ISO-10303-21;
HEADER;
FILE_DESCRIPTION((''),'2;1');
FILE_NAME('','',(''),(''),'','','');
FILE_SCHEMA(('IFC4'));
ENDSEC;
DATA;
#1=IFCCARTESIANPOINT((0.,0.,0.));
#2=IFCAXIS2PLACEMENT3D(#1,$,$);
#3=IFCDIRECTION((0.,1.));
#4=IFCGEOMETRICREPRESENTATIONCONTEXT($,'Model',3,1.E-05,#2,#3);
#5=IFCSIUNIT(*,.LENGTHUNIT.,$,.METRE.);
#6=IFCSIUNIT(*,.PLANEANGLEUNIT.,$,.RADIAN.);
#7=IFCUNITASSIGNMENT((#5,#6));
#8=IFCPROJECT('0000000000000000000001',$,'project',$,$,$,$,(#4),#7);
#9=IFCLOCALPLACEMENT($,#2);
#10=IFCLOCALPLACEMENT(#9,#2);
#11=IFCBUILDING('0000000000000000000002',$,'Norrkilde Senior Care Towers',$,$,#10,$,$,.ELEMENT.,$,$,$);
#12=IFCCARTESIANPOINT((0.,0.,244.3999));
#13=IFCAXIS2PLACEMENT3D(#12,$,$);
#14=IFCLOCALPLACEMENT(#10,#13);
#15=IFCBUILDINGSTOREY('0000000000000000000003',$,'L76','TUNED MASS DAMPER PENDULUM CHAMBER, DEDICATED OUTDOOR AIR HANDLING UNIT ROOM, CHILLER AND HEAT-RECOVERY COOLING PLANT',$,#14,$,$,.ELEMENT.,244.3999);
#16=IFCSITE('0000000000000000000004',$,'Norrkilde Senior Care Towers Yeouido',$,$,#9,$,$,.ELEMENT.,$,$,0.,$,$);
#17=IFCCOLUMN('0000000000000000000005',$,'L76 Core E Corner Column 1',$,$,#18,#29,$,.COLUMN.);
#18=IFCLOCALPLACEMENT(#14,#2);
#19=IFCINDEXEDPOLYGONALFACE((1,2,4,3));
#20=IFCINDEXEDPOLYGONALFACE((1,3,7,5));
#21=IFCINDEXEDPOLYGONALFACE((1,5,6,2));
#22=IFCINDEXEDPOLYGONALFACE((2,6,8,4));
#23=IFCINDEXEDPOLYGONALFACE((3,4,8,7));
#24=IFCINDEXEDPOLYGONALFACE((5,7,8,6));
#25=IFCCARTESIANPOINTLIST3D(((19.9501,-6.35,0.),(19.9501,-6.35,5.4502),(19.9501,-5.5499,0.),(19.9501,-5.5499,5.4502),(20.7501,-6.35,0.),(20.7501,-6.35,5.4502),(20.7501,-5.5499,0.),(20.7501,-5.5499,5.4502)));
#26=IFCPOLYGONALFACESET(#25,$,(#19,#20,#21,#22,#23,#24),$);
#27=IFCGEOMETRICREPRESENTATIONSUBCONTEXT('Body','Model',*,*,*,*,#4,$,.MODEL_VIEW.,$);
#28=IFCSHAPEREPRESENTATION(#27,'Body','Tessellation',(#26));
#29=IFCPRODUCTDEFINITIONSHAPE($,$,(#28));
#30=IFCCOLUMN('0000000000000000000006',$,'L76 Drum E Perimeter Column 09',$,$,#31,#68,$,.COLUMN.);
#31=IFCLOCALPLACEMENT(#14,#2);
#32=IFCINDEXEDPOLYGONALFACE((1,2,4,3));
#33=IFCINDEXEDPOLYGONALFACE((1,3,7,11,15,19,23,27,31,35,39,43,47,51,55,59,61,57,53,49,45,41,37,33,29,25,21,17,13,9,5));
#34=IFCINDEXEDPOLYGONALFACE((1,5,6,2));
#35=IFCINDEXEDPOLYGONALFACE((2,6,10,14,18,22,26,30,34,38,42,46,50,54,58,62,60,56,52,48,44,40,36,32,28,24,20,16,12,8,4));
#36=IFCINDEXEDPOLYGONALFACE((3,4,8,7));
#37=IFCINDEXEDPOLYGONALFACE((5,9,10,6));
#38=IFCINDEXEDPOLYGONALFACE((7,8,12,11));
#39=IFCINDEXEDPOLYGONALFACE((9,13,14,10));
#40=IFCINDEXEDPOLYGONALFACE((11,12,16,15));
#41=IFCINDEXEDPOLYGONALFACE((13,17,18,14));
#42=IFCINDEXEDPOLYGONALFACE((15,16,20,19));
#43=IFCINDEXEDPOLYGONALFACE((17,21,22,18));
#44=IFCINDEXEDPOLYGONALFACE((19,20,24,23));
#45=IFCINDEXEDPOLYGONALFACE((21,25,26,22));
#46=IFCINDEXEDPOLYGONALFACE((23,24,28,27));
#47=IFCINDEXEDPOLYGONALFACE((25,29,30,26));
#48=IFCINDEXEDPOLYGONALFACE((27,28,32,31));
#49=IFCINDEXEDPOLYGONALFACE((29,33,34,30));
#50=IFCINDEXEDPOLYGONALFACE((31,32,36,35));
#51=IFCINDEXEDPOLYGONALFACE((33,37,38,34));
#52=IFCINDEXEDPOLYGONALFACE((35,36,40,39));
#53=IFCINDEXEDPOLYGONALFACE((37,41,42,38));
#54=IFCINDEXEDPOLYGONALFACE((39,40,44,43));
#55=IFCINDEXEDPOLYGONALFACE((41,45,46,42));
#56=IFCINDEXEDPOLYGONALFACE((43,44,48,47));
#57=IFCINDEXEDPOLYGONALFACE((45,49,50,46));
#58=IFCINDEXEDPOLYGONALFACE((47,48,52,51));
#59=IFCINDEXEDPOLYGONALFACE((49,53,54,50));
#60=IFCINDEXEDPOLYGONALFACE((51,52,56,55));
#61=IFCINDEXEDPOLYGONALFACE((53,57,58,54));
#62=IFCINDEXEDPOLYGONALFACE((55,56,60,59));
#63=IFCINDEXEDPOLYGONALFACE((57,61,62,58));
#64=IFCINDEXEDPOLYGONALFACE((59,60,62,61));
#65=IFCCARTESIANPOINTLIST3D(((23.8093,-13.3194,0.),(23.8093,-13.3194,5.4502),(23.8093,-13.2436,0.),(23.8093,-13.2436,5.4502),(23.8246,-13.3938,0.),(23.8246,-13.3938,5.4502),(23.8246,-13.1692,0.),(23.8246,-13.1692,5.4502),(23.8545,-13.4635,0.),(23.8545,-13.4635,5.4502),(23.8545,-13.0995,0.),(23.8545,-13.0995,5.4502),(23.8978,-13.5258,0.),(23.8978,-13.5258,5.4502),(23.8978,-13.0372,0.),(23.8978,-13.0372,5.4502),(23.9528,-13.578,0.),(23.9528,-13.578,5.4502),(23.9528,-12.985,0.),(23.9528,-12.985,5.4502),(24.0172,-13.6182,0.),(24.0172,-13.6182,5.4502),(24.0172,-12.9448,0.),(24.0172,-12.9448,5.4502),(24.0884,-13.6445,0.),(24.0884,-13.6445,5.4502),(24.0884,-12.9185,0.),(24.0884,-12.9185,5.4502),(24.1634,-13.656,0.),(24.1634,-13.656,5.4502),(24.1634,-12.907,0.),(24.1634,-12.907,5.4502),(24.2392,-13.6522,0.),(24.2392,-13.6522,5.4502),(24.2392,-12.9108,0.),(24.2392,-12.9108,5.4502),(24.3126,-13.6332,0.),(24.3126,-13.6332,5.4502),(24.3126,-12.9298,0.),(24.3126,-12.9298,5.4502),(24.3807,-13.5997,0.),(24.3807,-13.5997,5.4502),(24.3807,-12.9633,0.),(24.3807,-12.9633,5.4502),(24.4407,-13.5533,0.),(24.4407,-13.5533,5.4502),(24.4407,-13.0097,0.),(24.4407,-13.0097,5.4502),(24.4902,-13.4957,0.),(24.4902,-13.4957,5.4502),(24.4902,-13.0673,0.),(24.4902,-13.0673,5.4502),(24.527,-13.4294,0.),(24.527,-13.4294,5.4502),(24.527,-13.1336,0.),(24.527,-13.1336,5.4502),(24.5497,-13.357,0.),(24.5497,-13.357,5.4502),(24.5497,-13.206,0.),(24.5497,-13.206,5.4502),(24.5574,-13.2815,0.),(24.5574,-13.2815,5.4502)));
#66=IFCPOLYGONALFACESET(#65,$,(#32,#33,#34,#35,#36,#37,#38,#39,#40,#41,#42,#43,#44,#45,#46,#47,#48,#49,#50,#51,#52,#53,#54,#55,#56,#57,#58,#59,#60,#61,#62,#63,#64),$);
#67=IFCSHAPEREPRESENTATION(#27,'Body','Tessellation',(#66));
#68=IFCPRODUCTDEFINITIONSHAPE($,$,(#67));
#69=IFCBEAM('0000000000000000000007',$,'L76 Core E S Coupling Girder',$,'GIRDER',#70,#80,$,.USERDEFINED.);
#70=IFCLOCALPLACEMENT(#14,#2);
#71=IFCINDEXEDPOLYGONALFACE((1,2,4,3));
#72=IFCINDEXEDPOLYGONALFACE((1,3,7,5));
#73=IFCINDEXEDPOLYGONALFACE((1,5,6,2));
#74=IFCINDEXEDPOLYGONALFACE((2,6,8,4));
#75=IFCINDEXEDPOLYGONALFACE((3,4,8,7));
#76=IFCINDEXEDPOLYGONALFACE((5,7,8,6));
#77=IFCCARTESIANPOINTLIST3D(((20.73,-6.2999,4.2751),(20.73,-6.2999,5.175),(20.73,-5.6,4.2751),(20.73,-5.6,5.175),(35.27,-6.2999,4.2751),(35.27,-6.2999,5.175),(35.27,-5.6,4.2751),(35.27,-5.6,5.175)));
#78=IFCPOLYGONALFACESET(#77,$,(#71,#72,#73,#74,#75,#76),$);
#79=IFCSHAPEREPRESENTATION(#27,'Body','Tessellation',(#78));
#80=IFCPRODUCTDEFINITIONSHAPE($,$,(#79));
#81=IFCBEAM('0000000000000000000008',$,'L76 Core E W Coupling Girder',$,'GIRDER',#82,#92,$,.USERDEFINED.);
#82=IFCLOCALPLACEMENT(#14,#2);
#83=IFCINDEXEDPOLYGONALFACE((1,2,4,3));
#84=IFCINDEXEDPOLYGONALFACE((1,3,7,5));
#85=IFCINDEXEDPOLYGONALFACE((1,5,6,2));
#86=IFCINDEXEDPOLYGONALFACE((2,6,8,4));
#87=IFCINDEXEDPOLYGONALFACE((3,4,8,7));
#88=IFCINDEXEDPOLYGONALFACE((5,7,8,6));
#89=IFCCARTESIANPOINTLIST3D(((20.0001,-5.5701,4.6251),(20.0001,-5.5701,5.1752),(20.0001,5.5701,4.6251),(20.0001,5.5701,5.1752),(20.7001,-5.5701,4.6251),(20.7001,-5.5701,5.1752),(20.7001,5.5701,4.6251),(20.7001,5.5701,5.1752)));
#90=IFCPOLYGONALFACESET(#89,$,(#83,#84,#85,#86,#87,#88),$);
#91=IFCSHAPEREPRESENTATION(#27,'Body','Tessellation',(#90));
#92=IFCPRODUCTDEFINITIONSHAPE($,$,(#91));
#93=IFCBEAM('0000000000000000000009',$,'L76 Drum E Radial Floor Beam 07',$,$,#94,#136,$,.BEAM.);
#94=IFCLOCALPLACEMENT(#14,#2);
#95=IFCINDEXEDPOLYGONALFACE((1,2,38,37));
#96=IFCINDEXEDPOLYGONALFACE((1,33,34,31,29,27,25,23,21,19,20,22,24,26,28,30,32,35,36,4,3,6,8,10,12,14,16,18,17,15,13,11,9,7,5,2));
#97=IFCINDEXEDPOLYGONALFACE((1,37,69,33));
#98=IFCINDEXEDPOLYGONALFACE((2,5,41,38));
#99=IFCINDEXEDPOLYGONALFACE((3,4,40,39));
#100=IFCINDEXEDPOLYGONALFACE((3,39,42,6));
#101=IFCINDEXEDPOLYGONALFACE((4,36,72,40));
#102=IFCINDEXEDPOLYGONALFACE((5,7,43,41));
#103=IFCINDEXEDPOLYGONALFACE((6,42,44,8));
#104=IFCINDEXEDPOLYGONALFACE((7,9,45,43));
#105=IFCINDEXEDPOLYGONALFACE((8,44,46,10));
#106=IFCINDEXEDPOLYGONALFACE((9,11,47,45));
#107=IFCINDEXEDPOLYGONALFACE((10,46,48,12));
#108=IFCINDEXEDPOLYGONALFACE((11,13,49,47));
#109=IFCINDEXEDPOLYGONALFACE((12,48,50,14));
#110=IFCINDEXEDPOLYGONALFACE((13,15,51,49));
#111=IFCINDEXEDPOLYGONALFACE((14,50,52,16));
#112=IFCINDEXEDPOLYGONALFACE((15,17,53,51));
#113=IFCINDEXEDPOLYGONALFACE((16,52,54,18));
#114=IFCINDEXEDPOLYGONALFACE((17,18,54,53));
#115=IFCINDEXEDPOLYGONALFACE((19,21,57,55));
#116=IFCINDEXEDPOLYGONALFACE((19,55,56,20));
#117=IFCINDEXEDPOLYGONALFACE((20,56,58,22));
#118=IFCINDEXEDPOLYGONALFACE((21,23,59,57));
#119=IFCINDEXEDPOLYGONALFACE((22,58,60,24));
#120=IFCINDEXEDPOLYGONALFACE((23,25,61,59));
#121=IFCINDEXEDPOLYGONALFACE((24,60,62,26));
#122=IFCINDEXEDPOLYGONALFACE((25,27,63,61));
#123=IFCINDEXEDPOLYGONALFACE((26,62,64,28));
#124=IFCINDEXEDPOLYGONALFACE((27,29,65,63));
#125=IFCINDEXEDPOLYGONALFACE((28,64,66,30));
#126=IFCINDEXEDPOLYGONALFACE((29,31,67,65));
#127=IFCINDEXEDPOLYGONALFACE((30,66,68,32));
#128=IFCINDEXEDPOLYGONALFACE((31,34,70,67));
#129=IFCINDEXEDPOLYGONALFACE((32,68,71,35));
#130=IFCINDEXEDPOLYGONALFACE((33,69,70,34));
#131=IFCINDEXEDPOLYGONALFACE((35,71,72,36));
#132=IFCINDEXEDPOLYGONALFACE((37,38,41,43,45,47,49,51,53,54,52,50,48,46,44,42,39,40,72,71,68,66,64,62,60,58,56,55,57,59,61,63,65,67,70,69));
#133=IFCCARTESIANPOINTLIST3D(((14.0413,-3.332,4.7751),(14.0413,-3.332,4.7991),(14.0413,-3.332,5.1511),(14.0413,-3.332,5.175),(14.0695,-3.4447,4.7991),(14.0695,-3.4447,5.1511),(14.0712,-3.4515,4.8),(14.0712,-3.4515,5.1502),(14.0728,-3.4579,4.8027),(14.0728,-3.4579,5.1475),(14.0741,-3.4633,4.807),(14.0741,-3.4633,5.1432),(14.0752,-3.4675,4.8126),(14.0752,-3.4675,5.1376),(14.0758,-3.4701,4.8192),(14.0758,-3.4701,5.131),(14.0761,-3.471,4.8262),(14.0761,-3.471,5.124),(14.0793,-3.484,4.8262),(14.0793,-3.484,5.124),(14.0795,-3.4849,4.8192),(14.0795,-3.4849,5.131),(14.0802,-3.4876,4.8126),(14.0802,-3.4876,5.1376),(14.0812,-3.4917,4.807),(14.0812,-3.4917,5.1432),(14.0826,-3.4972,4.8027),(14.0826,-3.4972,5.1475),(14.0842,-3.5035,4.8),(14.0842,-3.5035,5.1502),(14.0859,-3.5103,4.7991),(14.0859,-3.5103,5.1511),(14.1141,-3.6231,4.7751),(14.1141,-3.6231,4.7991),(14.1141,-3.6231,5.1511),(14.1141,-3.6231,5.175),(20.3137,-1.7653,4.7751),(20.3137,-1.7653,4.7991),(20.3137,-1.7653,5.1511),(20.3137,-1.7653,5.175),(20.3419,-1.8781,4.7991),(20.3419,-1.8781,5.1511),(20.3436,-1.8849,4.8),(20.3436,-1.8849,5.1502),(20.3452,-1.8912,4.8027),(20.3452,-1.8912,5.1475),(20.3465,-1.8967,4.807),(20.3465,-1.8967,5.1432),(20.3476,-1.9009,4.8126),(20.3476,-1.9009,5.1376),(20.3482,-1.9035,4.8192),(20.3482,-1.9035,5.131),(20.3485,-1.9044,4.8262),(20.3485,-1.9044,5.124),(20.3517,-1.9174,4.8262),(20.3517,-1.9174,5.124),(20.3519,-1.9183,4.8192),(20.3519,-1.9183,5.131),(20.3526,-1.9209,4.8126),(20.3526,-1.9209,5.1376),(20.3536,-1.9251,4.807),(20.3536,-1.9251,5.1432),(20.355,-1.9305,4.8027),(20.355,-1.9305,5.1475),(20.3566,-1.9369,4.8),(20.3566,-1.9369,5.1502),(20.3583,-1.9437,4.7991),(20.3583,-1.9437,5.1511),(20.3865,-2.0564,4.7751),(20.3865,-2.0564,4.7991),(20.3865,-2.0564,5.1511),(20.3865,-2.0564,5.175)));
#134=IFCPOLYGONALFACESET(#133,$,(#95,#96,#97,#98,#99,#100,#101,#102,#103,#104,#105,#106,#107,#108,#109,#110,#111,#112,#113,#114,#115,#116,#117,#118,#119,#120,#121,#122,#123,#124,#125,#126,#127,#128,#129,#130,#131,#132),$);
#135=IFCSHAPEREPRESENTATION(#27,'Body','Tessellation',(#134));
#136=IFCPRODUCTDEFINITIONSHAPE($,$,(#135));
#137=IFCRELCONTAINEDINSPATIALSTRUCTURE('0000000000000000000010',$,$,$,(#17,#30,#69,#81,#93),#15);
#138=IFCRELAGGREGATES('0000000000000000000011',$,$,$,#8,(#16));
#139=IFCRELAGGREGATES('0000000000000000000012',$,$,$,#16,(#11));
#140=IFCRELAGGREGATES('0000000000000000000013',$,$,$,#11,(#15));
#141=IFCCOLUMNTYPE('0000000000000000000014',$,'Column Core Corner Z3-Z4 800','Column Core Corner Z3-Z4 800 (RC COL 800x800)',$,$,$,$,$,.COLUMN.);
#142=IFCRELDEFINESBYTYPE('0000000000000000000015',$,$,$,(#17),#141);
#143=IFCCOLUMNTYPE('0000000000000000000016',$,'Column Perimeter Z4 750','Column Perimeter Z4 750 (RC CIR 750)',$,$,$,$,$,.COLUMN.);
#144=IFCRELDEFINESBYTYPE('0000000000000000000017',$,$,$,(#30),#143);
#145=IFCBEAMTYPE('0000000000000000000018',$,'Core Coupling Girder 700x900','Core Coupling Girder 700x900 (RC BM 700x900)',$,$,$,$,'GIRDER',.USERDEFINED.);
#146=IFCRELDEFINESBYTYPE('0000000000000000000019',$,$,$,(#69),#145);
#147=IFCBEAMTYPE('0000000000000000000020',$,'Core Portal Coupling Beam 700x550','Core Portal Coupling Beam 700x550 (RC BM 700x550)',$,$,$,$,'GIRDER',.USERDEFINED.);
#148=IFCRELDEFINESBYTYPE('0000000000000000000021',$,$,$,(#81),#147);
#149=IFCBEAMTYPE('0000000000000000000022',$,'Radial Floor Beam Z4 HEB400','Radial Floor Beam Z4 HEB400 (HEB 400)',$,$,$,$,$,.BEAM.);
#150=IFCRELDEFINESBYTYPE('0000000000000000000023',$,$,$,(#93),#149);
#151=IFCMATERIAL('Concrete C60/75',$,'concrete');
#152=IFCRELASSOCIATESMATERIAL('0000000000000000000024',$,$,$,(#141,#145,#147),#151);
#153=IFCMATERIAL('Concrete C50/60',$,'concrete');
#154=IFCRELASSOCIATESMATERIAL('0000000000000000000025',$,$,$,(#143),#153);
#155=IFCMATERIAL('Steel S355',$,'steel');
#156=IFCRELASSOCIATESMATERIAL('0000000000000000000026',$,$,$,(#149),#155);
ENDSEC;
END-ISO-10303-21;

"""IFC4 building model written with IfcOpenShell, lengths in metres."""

from ifc_helpers import new_model, si_unit, direction, frame, origin, origin_2d, place, context, subcontext, project, spatial, rectangle, circle, i_section, extrude, source, transform, mapped, material, material_profile, profile_set, type_object, type_shapes, element, save


model = new_model("IFC4")

# Units and contexts
model_context = context("Model", 3, precision=1e-05, world=origin(), true_north=direction((0.0, 1.0)))
body_context = subcontext(model_context, "Body", "Model", "MODEL_VIEW")
ifc_project = project(units=[si_unit("LENGTHUNIT", "METRE"), si_unit("PLANEANGLEUNIT", "RADIAN")], contexts=[model_context])

# Site, building, storey
site_placement = place(None, origin())
site = spatial("IfcSite", under=ifc_project, at=site_placement, Name="Norrkilde Senior Care Towers Yeouido", CompositionType="ELEMENT", RefElevation=0.0)
building_placement = place(site_placement, origin())
building = spatial("IfcBuilding", under=site, at=building_placement, Name="Norrkilde Senior Care Towers", CompositionType="ELEMENT")
storey_placement = place(building_placement, frame((0.0, 0.0, 244.3999)))
storey = spatial("IfcBuildingStorey", under=building, at=storey_placement, Name="L76", Description="TUNED MASS DAMPER PENDULUM CHAMBER, DEDICATED OUTDOOR AIR HANDLING UNIT ROOM, CHILLER AND HEAT-RECOVERY COOLING PLANT", CompositionType="ELEMENT", Elevation=244.3999)

# Columns
ifc_material_1 = material(Name="Concrete C60/75", Category="concrete")
ifc_material_profile_1 = material_profile(ifc_material_1, rectangle(XDim=0.8, YDim=0.8, at=origin_2d()), Name="RC COL 800x800")
ifc_profile_set_1 = profile_set([ifc_material_profile_1], Name="Concrete C60/75")
column_type_1 = type_object("IfcColumnType", Name="Column Core Corner Z3-Z4 800", Description="Column Core Corner Z3-Z4 800 (RC COL 800x800)", PredefinedType="COLUMN", material=ifc_profile_set_1)
shared_shape_1 = source(origin(), body_context, "Body", "SweptSolid", [
    extrude(rectangle(XDim=0.8, YDim=0.8, at=origin_2d()), origin(), (0.0, 0.0, 1.0), 5.4502),
])
type_shapes(column_type_1, [shared_shape_1])
column_1_placement = place(storey_placement, frame((20.3501, -5.95, 0.0), z_axis=(0.0, 0.0, 1.0), x_axis=(1.0, 0.0, 0.0)))
element("IfcColumn", 1, at=column_1_placement, inside=storey, type_object=column_type_1, Name="L76 Core E Corner Column 1", PredefinedType="COLUMN", context=body_context, shape_type="MappedRepresentation", body=[
    mapped(shared_shape_1, transform((0.0, 0.0, 0.0), x_axis=(1.0, 0.0, 0.0), y_axis=(0.0, 1.0, 0.0), z_axis=(0.0, 0.0, 1.0), scale=1.0)),
])
ifc_material_2 = material(Name="Concrete C50/60", Category="concrete")
ifc_material_profile_2 = material_profile(ifc_material_2, circle(Radius=0.375, at=origin_2d()), Name="RC CIR 750")
ifc_profile_set_2 = profile_set([ifc_material_profile_2], Name="Concrete C50/60")
column_type_2 = type_object("IfcColumnType", Name="Column Perimeter Z4 750", Description="Column Perimeter Z4 750 (RC CIR 750)", PredefinedType="COLUMN", material=ifc_profile_set_2)
shared_shape_2 = source(origin(), body_context, "Body", "SweptSolid", [
    extrude(circle(Radius=0.375, at=origin_2d()), origin(), (0.0, 0.0, 1.0), 5.4502),
])
type_shapes(column_type_2, [shared_shape_2])
column_2_placement = place(storey_placement, frame((24.1824, -13.2815, 0.0), z_axis=(0.0, 0.0, 1.0), x_axis=(1.0, 0.0, 0.0)))
element("IfcColumn", 2, at=column_2_placement, inside=storey, type_object=column_type_2, Name="L76 Drum E Perimeter Column 09", PredefinedType="COLUMN", context=body_context, shape_type="MappedRepresentation", body=[
    mapped(shared_shape_2, transform((0.0, 0.0, 0.0), x_axis=(1.0, 0.0, 0.0), y_axis=(0.0, 1.0, 0.0), z_axis=(0.0, 0.0, 1.0), scale=1.0)),
])

# Beams
ifc_material_profile_3 = material_profile(ifc_material_1, rectangle(XDim=0.7, YDim=0.8999, at=origin_2d()), Name="RC BM 700x900")
ifc_profile_set_3 = profile_set([ifc_material_profile_3], Name="Concrete C60/75")
beam_type_1 = type_object("IfcBeamType", Name="Core Coupling Girder 700x900", Description="Core Coupling Girder 700x900 (RC BM 700x900)", ElementType="GIRDER", PredefinedType="USERDEFINED", material=ifc_profile_set_3)
shared_shape_3 = source(origin(), body_context, "Body", "SweptSolid", [
    extrude(rectangle(XDim=0.7, YDim=0.8999, at=origin_2d()), origin(), (0.0, 0.0, 1.0), 14.54),
])
type_shapes(beam_type_1, [shared_shape_3])
beam_1_placement = place(storey_placement, frame((20.73, -5.95, 4.7251), z_axis=(1.0, 0.0, 0.0), x_axis=(0.0, 1.0, 0.0)))
element("IfcBeam", 3, at=beam_1_placement, inside=storey, type_object=beam_type_1, Name="L76 Core E S Coupling Girder", ObjectType="GIRDER", PredefinedType="USERDEFINED", context=body_context, shape_type="MappedRepresentation", body=[
    mapped(shared_shape_3, transform((0.0, 0.0, 0.0), x_axis=(1.0, 0.0, 0.0), y_axis=(0.0, 1.0, 0.0), z_axis=(0.0, 0.0, 1.0), scale=1.0)),
])
ifc_material_profile_4 = material_profile(ifc_material_1, rectangle(XDim=0.7, YDim=0.55, at=origin_2d()), Name="RC BM 700x550")
ifc_profile_set_4 = profile_set([ifc_material_profile_4], Name="Concrete C60/75")
beam_type_2 = type_object("IfcBeamType", Name="Core Portal Coupling Beam 700x550", Description="Core Portal Coupling Beam 700x550 (RC BM 700x550)", ElementType="GIRDER", PredefinedType="USERDEFINED", material=ifc_profile_set_4)
shared_shape_4 = source(origin(), body_context, "Body", "SweptSolid", [
    extrude(rectangle(XDim=0.7, YDim=0.55, at=origin_2d()), origin(), (0.0, 0.0, 1.0), 11.1401),
])
type_shapes(beam_type_2, [shared_shape_4])
beam_2_placement = place(storey_placement, frame((20.3501, -5.5701, 4.9001), z_axis=(0.0, 1.0, 0.0), x_axis=(-1.0, 0.0, 0.0)))
element("IfcBeam", 4, at=beam_2_placement, inside=storey, type_object=beam_type_2, Name="L76 Core E W Coupling Girder", ObjectType="GIRDER", PredefinedType="USERDEFINED", context=body_context, shape_type="MappedRepresentation", body=[
    mapped(shared_shape_4, transform((0.0, 0.0, 0.0), x_axis=(1.0, 0.0, 0.0), y_axis=(0.0, 1.0, 0.0), z_axis=(0.0, 0.0, 1.0), scale=1.0)),
])
ifc_material_3 = material(Name="Steel S355", Category="steel")
ifc_material_profile_5 = material_profile(ifc_material_3, i_section(OverallWidth=0.3, OverallDepth=0.3999, WebThickness=0.0134, FlangeThickness=0.0239, FilletRadius=0.0271, at=origin_2d()), Name="HEB 400")
ifc_profile_set_5 = profile_set([ifc_material_profile_5], Name="Steel S355")
beam_type_3 = type_object("IfcBeamType", Name="Radial Floor Beam Z4 HEB400", Description="Radial Floor Beam Z4 HEB400 (HEB 400)", PredefinedType="BEAM", material=ifc_profile_set_5)
shared_shape_5 = source(origin(), body_context, "Body", "SweptSolid", [
    extrude(i_section(OverallWidth=0.3, OverallDepth=0.3999, WebThickness=0.0134, FlangeThickness=0.0239, FilletRadius=0.0271, at=origin_2d()), origin(), (0.0, 0.0, 1.0), 6.4651),
])
beam_3_placement = place(storey_placement, frame((20.3501, -1.9109, 4.9751), z_axis=(-0.970196, -0.242322, 0.0), x_axis=(0.242322, -0.970196, 0.0)))
element("IfcBeam", 5, at=beam_3_placement, inside=storey, type_object=beam_type_3, Name="L76 Drum E Radial Floor Beam 07", PredefinedType="BEAM", context=body_context, shape_type="MappedRepresentation", body=[
    mapped(shared_shape_5, transform((0.0, 0.0, 0.0), x_axis=(1.0, 0.0, 0.0), y_axis=(0.0, 1.0, 0.0), z_axis=(0.0, 0.0, 1.0), scale=1.0)),
])

save(model, "model.ifc")
